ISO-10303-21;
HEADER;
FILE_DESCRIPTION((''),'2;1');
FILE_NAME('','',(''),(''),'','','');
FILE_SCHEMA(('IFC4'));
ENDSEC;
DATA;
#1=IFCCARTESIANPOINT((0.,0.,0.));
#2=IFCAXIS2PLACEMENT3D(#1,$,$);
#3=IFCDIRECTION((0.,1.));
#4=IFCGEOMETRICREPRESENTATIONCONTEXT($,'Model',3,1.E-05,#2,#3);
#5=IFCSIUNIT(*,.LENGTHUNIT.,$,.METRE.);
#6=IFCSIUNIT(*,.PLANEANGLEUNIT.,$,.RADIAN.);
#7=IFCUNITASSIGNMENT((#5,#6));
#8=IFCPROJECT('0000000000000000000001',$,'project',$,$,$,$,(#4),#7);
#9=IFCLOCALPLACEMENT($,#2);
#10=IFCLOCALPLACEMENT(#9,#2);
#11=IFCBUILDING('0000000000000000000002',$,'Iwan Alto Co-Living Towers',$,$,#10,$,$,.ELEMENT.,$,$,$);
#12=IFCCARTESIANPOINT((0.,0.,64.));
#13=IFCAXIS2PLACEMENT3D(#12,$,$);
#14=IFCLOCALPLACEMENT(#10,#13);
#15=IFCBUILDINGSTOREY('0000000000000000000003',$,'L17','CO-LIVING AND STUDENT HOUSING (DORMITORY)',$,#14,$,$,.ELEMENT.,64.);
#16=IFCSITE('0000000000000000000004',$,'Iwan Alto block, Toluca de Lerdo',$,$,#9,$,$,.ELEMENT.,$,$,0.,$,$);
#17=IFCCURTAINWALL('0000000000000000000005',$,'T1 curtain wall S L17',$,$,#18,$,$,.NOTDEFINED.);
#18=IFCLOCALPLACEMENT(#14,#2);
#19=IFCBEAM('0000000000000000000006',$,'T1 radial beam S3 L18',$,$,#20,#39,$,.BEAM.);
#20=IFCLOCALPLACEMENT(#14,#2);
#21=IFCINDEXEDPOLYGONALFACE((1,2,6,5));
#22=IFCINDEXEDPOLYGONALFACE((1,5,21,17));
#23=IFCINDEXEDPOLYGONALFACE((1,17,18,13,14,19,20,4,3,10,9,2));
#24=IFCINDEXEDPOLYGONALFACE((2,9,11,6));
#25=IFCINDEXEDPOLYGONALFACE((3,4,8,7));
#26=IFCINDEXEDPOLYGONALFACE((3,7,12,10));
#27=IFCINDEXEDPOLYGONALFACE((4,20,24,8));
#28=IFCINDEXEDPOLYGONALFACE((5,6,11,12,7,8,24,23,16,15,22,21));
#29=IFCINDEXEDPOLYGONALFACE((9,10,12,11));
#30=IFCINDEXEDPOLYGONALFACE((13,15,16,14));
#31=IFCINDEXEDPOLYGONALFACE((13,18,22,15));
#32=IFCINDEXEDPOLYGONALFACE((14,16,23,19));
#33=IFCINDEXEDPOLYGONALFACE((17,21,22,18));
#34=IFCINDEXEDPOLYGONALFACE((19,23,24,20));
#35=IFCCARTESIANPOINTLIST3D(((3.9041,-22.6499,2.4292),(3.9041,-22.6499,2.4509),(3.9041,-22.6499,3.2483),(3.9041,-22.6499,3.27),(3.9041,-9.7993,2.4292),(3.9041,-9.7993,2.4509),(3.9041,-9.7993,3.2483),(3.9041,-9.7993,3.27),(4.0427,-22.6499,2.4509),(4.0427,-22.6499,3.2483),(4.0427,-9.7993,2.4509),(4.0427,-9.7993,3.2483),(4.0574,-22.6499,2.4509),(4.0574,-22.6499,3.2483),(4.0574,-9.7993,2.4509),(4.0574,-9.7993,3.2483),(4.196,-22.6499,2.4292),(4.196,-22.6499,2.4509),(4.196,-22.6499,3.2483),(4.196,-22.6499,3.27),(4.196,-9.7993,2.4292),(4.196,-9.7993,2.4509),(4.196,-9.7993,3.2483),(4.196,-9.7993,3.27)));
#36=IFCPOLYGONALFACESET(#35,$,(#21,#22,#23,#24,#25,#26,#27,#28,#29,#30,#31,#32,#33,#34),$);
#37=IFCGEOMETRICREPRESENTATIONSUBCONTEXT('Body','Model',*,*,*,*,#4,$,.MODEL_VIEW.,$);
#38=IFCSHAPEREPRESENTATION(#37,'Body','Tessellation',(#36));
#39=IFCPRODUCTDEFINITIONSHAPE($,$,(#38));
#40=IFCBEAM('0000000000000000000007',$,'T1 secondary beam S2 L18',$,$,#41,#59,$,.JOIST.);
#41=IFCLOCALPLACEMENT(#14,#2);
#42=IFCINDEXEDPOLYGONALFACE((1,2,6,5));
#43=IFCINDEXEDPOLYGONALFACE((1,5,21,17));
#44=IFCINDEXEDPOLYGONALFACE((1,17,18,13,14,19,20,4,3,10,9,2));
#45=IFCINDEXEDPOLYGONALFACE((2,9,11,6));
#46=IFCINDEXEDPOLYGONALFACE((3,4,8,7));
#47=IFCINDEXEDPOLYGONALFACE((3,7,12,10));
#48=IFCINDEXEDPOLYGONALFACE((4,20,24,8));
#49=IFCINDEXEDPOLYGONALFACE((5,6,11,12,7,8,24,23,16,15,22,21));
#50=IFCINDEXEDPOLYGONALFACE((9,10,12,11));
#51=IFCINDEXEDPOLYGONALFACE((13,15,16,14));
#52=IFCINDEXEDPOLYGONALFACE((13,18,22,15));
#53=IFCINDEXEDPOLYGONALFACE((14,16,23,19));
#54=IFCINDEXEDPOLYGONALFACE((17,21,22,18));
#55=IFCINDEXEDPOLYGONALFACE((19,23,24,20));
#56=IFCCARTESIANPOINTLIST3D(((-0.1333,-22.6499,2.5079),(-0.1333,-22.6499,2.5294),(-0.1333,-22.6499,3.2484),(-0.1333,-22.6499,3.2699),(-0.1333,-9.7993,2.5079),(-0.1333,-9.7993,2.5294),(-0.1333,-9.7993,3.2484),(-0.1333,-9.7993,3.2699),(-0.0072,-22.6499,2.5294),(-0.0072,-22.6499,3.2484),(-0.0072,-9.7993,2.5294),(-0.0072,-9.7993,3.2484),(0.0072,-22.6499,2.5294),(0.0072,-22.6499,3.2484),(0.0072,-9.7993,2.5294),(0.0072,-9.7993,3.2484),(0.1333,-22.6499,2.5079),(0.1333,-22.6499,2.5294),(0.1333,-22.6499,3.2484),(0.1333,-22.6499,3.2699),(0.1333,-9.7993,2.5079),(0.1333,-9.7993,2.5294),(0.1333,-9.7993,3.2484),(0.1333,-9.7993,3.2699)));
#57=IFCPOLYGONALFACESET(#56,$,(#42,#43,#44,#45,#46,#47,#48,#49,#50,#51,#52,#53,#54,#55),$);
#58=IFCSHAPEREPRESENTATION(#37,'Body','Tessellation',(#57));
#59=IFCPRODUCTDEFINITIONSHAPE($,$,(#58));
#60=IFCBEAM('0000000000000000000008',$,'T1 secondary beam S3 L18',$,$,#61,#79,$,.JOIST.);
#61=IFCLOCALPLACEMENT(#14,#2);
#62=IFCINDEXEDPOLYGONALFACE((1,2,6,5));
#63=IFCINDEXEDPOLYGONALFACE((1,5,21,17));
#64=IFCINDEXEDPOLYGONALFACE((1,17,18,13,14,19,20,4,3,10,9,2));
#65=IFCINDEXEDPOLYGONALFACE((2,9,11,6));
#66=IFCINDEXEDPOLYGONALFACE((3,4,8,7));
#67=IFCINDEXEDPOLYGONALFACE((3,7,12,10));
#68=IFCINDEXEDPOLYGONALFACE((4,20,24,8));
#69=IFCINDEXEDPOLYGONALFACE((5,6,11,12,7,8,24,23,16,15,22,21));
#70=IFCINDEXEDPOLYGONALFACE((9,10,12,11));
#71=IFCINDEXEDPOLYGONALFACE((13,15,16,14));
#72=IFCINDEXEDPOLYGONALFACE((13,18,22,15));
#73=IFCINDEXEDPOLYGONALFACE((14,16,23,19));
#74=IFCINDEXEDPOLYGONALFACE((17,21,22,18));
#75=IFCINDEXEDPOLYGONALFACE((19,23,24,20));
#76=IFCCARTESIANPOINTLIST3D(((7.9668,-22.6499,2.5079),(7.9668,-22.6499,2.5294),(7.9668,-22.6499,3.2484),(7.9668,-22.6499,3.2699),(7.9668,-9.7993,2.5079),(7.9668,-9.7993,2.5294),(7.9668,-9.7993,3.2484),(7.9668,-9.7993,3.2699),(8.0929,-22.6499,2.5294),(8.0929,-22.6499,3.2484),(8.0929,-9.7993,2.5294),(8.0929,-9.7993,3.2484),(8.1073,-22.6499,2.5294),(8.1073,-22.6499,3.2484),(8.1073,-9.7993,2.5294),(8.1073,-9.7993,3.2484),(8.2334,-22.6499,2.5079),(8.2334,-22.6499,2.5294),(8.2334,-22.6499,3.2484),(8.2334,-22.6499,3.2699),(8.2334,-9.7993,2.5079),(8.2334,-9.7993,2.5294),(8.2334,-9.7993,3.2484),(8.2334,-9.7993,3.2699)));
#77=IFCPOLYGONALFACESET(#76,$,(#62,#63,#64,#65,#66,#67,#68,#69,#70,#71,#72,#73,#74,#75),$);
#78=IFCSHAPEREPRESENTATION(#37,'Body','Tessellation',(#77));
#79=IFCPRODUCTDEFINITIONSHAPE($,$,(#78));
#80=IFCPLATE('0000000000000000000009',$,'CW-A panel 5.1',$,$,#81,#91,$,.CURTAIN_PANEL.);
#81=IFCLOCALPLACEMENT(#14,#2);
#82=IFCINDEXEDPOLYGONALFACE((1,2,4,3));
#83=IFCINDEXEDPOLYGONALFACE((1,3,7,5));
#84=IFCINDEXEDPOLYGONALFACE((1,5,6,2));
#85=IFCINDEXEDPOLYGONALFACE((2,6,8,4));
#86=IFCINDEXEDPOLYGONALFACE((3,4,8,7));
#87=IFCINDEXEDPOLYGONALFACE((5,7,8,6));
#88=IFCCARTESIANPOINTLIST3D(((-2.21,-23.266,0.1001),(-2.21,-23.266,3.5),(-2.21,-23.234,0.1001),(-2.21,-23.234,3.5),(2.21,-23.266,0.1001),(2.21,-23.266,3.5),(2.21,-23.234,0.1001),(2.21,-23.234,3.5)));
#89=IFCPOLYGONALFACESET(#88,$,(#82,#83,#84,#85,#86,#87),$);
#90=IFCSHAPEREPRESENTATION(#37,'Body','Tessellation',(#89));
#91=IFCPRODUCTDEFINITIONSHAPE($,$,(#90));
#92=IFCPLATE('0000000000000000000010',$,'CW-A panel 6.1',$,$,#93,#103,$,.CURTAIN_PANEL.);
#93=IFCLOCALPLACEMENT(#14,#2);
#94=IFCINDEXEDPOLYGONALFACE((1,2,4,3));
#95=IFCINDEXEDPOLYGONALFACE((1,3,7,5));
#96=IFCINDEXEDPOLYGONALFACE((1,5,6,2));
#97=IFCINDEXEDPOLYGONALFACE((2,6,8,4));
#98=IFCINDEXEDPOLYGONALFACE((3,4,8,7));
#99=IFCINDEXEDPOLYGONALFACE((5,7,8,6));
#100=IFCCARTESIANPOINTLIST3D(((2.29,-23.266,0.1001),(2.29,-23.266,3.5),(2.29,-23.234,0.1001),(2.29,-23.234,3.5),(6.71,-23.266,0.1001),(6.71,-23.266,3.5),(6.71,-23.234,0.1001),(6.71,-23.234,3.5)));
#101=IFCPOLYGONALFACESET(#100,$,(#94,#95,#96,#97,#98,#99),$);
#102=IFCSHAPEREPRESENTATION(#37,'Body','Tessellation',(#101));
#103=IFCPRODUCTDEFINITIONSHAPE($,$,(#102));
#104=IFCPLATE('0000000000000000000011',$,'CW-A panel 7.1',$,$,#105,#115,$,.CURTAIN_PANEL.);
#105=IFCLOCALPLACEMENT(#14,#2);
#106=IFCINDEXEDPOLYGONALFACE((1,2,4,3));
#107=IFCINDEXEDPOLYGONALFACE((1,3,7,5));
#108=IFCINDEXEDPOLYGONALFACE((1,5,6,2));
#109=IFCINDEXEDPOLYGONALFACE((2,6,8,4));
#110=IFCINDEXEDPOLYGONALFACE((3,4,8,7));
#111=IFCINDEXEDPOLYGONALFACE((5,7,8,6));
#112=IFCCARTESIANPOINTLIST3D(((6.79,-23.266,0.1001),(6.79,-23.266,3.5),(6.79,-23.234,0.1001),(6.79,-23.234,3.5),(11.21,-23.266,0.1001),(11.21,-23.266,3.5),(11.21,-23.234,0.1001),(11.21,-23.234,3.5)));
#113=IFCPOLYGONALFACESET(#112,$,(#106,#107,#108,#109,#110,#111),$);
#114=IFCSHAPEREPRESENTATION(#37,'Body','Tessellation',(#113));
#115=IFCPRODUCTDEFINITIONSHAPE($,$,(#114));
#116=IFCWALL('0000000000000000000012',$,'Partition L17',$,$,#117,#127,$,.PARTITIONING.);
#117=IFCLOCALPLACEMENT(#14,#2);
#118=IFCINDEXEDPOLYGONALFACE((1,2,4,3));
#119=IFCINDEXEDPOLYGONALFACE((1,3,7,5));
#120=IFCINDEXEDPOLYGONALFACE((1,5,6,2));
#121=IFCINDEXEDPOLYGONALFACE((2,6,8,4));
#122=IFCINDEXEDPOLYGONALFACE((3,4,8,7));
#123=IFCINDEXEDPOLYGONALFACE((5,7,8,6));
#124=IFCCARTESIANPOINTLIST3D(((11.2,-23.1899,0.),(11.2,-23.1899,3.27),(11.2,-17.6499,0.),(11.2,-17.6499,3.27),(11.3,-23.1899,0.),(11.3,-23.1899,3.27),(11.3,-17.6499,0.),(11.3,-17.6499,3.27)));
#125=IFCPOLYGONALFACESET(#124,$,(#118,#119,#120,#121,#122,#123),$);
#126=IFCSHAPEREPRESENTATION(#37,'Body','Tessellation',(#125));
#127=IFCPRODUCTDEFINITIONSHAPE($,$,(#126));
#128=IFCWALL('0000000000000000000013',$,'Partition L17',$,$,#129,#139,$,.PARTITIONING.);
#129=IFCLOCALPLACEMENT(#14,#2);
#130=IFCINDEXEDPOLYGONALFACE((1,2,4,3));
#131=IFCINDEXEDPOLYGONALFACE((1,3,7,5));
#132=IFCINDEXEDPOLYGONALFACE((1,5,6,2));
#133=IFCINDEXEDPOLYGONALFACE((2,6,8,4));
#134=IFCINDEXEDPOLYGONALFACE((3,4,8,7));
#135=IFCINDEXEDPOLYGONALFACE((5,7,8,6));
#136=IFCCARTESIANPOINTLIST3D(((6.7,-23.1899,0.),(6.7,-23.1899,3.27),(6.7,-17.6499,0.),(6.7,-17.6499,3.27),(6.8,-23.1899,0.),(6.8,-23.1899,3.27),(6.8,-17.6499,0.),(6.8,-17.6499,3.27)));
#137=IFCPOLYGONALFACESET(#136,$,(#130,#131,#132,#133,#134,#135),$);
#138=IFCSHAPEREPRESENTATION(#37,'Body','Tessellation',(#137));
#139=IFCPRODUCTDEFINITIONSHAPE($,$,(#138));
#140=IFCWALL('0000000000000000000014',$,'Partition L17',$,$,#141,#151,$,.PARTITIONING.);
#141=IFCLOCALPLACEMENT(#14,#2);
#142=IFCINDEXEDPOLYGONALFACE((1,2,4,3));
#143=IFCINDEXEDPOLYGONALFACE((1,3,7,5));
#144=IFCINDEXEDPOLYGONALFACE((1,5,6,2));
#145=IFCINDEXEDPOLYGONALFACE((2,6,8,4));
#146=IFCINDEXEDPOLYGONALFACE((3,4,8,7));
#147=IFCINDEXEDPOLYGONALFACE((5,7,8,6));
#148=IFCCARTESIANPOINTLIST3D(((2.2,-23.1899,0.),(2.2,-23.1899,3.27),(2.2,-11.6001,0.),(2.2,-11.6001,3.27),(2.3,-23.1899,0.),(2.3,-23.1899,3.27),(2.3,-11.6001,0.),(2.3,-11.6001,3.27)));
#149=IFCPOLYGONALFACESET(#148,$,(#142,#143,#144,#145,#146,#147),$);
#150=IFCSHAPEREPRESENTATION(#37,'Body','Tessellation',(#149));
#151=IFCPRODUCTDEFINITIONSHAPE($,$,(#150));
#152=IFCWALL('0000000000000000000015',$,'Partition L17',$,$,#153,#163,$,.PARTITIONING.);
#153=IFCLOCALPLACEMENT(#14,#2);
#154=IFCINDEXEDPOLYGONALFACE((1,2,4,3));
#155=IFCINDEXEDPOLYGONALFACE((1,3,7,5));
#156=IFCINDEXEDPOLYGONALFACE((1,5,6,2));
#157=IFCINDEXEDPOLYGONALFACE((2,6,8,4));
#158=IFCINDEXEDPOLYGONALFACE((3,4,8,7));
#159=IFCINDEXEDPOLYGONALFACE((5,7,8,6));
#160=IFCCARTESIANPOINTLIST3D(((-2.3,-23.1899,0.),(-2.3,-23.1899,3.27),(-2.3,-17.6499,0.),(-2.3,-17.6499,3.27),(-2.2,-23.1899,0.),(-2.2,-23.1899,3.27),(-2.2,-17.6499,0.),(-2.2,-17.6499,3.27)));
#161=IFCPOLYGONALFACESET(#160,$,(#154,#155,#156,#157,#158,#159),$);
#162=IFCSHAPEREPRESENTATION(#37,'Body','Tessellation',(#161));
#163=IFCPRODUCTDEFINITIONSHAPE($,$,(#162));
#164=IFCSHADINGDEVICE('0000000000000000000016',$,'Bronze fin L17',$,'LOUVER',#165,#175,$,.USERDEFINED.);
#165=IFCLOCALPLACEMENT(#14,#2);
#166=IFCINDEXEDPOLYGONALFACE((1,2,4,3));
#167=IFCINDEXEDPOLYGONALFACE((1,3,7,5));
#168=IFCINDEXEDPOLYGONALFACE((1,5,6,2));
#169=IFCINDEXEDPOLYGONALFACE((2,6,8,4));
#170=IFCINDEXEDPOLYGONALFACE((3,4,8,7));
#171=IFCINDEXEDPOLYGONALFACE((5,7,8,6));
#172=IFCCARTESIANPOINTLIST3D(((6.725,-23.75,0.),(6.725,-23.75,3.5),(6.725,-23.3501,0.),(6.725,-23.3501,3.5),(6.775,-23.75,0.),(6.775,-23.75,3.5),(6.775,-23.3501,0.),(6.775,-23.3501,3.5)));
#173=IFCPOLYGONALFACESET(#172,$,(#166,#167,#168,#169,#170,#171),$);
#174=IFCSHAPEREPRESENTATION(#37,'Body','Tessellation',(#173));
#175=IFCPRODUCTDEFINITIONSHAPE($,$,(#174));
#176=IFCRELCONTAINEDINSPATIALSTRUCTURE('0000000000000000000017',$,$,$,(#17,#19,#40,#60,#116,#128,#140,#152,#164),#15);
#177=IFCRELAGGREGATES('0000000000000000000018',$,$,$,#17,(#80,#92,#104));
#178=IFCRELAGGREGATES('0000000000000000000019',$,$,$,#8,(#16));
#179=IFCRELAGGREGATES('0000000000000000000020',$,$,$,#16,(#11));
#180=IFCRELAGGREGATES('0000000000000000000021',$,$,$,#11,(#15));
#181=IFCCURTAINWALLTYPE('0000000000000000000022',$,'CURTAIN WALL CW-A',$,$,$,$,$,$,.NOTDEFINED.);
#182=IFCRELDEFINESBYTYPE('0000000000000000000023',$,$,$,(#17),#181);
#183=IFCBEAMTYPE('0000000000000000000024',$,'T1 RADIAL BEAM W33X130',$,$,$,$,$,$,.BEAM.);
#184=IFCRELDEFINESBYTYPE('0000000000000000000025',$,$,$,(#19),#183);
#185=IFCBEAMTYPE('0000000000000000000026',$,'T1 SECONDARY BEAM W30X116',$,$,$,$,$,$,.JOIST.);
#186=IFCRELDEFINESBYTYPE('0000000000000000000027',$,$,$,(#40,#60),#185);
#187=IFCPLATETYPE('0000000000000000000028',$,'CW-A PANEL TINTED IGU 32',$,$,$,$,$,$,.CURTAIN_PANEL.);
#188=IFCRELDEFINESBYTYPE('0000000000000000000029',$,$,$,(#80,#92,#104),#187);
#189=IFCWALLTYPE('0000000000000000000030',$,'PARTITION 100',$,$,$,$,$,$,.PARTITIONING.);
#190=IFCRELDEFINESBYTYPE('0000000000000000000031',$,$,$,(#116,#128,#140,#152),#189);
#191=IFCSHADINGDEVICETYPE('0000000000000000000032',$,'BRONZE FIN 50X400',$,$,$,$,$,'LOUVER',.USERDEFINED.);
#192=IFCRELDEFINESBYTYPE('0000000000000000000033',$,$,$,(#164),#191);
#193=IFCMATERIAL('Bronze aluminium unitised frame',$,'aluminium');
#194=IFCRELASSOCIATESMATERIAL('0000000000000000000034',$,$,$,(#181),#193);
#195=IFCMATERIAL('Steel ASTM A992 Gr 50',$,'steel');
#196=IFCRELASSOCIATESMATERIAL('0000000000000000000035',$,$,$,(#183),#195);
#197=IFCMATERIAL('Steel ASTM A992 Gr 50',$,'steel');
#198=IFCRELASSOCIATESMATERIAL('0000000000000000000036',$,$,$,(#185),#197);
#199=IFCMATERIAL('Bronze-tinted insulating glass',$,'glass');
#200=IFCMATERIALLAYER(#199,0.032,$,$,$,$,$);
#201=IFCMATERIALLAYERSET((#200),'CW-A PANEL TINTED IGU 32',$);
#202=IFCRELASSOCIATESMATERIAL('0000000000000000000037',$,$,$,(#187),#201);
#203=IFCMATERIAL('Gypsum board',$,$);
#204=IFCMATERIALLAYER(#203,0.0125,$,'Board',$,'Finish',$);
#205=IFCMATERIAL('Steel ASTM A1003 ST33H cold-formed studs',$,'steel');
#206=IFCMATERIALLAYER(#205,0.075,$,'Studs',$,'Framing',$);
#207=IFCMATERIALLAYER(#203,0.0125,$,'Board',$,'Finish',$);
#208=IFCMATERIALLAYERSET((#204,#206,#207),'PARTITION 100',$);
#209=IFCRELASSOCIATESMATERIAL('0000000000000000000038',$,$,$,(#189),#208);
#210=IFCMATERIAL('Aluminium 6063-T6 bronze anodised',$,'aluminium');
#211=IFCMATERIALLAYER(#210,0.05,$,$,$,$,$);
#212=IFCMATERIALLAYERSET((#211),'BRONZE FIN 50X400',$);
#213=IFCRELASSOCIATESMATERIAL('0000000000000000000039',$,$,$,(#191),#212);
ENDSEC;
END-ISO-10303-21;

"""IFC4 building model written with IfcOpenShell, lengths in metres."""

from ifc_helpers import new_model, si_unit, direction, frame, frame_2d, origin, origin_2d, place, context, subcontext, project, spatial, rectangle, i_section, extrude, material, layer, layer_set, material_profile, profile_set, type_object, element, aggregate, save


model = new_model("IFC4")

# Units and contexts
model_context = context("Model", 3, precision=1e-05, world=origin(), true_north=direction((0.0, 1.0)))
body_context = subcontext(model_context, "Body", "Model", "MODEL_VIEW")
ifc_project = project(units=[si_unit("LENGTHUNIT", "METRE"), si_unit("PLANEANGLEUNIT", "RADIAN")], contexts=[model_context])

# Site, building, storey
site_placement = place(None, origin())
site = spatial("IfcSite", under=ifc_project, at=site_placement, Name="Iwan Alto block, Toluca de Lerdo", CompositionType="ELEMENT", RefElevation=0.0)
building_placement = place(site_placement, origin())
building = spatial("IfcBuilding", under=site, at=building_placement, Name="Iwan Alto Co-Living Towers", CompositionType="ELEMENT")
storey_placement = place(building_placement, frame((0.0, 0.0, 64.0)))
storey = spatial("IfcBuildingStorey", under=building, at=storey_placement, Name="L17", Description="CO-LIVING AND STUDENT HOUSING (DORMITORY)", CompositionType="ELEMENT", Elevation=64.0)

# Curtain wall
ifc_material_1 = material(Name="Bronze aluminium unitised frame", Category="aluminium")
curtain_wall_type = type_object("IfcCurtainWallType", Name="CURTAIN WALL CW-A", PredefinedType="NOTDEFINED", material=ifc_material_1)
curtain_wall_placement = place(storey_placement, origin())
curtain_wall = element("IfcCurtainWall", 1, at=curtain_wall_placement, inside=storey, type_object=curtain_wall_type, Name="T1 curtain wall S L17", PredefinedType="NOTDEFINED")

# Beams
ifc_material_2 = material(Name="Steel ASTM A992 Gr 50", Category="steel")
ifc_material_profile_1 = material_profile(ifc_material_2, i_section(OverallWidth=0.292, OverallDepth=0.8408, WebThickness=0.0146, FlangeThickness=0.0217, at=origin_2d()), Name="W33X130")
ifc_profile_set_1 = profile_set([ifc_material_profile_1], Name="Steel ASTM A992 Gr 50")
beam_type_1 = type_object("IfcBeamType", Name="T1 RADIAL BEAM W33X130", PredefinedType="BEAM", material=ifc_profile_set_1)
beam_1_placement = place(storey_placement, frame((4.05, -22.6499, 2.8496), z_axis=(0.0, 1.0, 0.0), x_axis=(-1.0, 0.0, 0.0)))
element("IfcBeam", 2, at=beam_1_placement, inside=storey, type_object=beam_type_1, Name="T1 radial beam S3 L18", PredefinedType="BEAM", context=body_context, shape_type="SweptSolid", body=[
    extrude(i_section(OverallWidth=0.292, OverallDepth=0.8408, WebThickness=0.0146, FlangeThickness=0.0217, at=origin_2d()), origin(), (0.0, 0.0, 1.0), 12.8506),
])
ifc_material_3 = material(Name="Steel ASTM A992 Gr 50", Category="steel")
ifc_material_profile_2 = material_profile(ifc_material_3, i_section(OverallWidth=0.2666, OverallDepth=0.762, WebThickness=0.0144, FlangeThickness=0.0215, at=origin_2d()), Name="W30X116")
ifc_profile_set_2 = profile_set([ifc_material_profile_2], Name="Steel ASTM A992 Gr 50")
beam_type_2 = type_object("IfcBeamType", Name="T1 SECONDARY BEAM W30X116", PredefinedType="JOIST", material=ifc_profile_set_2)
for number, where, z_axis, x_axis, name in (
    (3, (0.0, -22.6499, 2.8889), (0.0, 1.0, 0.0), (-1.0, 0.0, 0.0), "T1 secondary beam S2 L18"),
    (4, (8.1001, -22.6499, 2.8889), (0.0, 1.0, 0.0), (-1.0, 0.0, 0.0), "T1 secondary beam S3 L18"),
):
    element("IfcBeam", number, at=place(storey_placement, frame(where, z_axis=z_axis, x_axis=x_axis)), inside=storey, type_object=beam_type_2, Name=name, PredefinedType="JOIST", context=body_context, shape_type="SweptSolid", body=[
        extrude(i_section(OverallWidth=0.2666, OverallDepth=0.762, WebThickness=0.0144, FlangeThickness=0.0215, at=origin_2d()), origin(), (0.0, 0.0, 1.0), 12.8506),
    ])

# Plates
ifc_material_4 = material(Name="Bronze-tinted insulating glass", Category="glass")
ifc_layer_1 = layer(ifc_material_4, 0.032)
ifc_layer_set_1 = layer_set([ifc_layer_1], Name="CW-A PANEL TINTED IGU 32")
plate_type = type_object("IfcPlateType", Name="CW-A PANEL TINTED IGU 32", PredefinedType="CURTAIN_PANEL", material=ifc_layer_set_1)
plate_1_placement = place(storey_placement, frame((0.0, -23.25, 0.1001), z_axis=(0.0, 0.0, 1.0), x_axis=(1.0, 0.0, 0.0)))
plate_1 = element("IfcPlate", 5, at=plate_1_placement, type_object=plate_type, Name="CW-A panel 5.1", PredefinedType="CURTAIN_PANEL", context=body_context, shape_type="SweptSolid", body=[
    extrude(rectangle(XDim=4.4199, YDim=0.032, at=origin_2d()), origin(), (0.0, 0.0, 1.0), 3.3999),
])
plate_2_placement = place(storey_placement, frame((4.5, -23.25, 0.1001), z_axis=(0.0, 0.0, 1.0), x_axis=(1.0, 0.0, 0.0)))
plate_2 = element("IfcPlate", 6, at=plate_2_placement, type_object=plate_type, Name="CW-A panel 6.1", PredefinedType="CURTAIN_PANEL", context=body_context, shape_type="SweptSolid", body=[
    extrude(rectangle(XDim=4.4199, YDim=0.032, at=origin_2d()), origin(), (0.0, 0.0, 1.0), 3.3999),
])
plate_3_placement = place(storey_placement, frame((9.0, -23.25, 0.1001), z_axis=(0.0, 0.0, 1.0), x_axis=(1.0, 0.0, 0.0)))
plate_3 = element("IfcPlate", 7, at=plate_3_placement, type_object=plate_type, Name="CW-A panel 7.1", PredefinedType="CURTAIN_PANEL", context=body_context, shape_type="SweptSolid", body=[
    extrude(rectangle(XDim=4.4199, YDim=0.032, at=origin_2d()), origin(), (0.0, 0.0, 1.0), 3.3999),
])
aggregate(curtain_wall, [plate_1, plate_2, plate_3])

# Walls
ifc_material_5 = material(Name="Gypsum board")
ifc_layer_2 = layer(ifc_material_5, 0.0125, Name="Board", Category="Finish")
ifc_material_6 = material(Name="Steel ASTM A1003 ST33H cold-formed studs", Category="steel")
ifc_layer_3 = layer(ifc_material_6, 0.075, Name="Studs", Category="Framing")
ifc_layer_4 = layer(ifc_material_5, 0.0125, Name="Board", Category="Finish")
ifc_layer_set_2 = layer_set([ifc_layer_2, ifc_layer_3, ifc_layer_4], Name="PARTITION 100")
wall_type = type_object("IfcWallType", Name="PARTITION 100", PredefinedType="PARTITIONING", material=ifc_layer_set_2)
for number, where, z_axis, x_axis, name in (
    (8, (11.25, -23.1899, 0.0), (0.0, 0.0, 1.0), (0.0, 1.0, 0.0), "Partition L17"),
    (9, (6.75, -23.1899, 0.0), (0.0, 0.0, 1.0), (0.0, 1.0, 0.0), "Partition L17"),
):
    element("IfcWall", number, at=place(storey_placement, frame(where, z_axis=z_axis, x_axis=x_axis)), inside=storey, type_object=wall_type, Name=name, PredefinedType="PARTITIONING", context=body_context, shape_type="SweptSolid", body=[
        extrude(rectangle(XDim=5.54, YDim=0.1001, at=frame_2d((2.77, 0.0))), origin(), (0.0, 0.0, 1.0), 3.27),
    ])
wall_1_placement = place(storey_placement, frame((2.25, -23.1899, 0.0), z_axis=(0.0, 0.0, 1.0), x_axis=(0.0, 1.0, 0.0)))
element("IfcWall", 10, at=wall_1_placement, inside=storey, type_object=wall_type, Name="Partition L17", PredefinedType="PARTITIONING", context=body_context, shape_type="SweptSolid", body=[
    extrude(rectangle(XDim=11.5898, YDim=0.1001, at=frame_2d((5.7949, 0.0))), origin(), (0.0, 0.0, 1.0), 3.27),
])
wall_2_placement = place(storey_placement, frame((-2.25, -23.1899, 0.0), z_axis=(0.0, 0.0, 1.0), x_axis=(0.0, 1.0, 0.0)))
element("IfcWall", 11, at=wall_2_placement, inside=storey, type_object=wall_type, Name="Partition L17", PredefinedType="PARTITIONING", context=body_context, shape_type="SweptSolid", body=[
    extrude(rectangle(XDim=5.54, YDim=0.1001, at=frame_2d((2.77, 0.0))), origin(), (0.0, 0.0, 1.0), 3.27),
])

# Shading device
ifc_material_7 = material(Name="Aluminium 6063-T6 bronze anodised", Category="aluminium")
ifc_layer_5 = layer(ifc_material_7, 0.05)
ifc_layer_set_3 = layer_set([ifc_layer_5], Name="BRONZE FIN 50X400")
shading_device_type = type_object("IfcShadingDeviceType", Name="BRONZE FIN 50X400", ElementType="LOUVER", PredefinedType="USERDEFINED", material=ifc_layer_set_3)
shading_device_placement = place(storey_placement, frame((6.75, -23.55, 0.0), z_axis=(0.0, 0.0, 1.0), x_axis=(1.0, 0.0, 0.0)))
element("IfcShadingDevice", 12, at=shading_device_placement, inside=storey, type_object=shading_device_type, Name="Bronze fin L17", ObjectType="LOUVER", PredefinedType="USERDEFINED", context=body_context, shape_type="SweptSolid", body=[
    extrude(rectangle(XDim=0.05, YDim=0.3999, at=origin_2d()), origin(), (0.0, 0.0, 1.0), 3.5),
])

save(model, "model.ifc")
